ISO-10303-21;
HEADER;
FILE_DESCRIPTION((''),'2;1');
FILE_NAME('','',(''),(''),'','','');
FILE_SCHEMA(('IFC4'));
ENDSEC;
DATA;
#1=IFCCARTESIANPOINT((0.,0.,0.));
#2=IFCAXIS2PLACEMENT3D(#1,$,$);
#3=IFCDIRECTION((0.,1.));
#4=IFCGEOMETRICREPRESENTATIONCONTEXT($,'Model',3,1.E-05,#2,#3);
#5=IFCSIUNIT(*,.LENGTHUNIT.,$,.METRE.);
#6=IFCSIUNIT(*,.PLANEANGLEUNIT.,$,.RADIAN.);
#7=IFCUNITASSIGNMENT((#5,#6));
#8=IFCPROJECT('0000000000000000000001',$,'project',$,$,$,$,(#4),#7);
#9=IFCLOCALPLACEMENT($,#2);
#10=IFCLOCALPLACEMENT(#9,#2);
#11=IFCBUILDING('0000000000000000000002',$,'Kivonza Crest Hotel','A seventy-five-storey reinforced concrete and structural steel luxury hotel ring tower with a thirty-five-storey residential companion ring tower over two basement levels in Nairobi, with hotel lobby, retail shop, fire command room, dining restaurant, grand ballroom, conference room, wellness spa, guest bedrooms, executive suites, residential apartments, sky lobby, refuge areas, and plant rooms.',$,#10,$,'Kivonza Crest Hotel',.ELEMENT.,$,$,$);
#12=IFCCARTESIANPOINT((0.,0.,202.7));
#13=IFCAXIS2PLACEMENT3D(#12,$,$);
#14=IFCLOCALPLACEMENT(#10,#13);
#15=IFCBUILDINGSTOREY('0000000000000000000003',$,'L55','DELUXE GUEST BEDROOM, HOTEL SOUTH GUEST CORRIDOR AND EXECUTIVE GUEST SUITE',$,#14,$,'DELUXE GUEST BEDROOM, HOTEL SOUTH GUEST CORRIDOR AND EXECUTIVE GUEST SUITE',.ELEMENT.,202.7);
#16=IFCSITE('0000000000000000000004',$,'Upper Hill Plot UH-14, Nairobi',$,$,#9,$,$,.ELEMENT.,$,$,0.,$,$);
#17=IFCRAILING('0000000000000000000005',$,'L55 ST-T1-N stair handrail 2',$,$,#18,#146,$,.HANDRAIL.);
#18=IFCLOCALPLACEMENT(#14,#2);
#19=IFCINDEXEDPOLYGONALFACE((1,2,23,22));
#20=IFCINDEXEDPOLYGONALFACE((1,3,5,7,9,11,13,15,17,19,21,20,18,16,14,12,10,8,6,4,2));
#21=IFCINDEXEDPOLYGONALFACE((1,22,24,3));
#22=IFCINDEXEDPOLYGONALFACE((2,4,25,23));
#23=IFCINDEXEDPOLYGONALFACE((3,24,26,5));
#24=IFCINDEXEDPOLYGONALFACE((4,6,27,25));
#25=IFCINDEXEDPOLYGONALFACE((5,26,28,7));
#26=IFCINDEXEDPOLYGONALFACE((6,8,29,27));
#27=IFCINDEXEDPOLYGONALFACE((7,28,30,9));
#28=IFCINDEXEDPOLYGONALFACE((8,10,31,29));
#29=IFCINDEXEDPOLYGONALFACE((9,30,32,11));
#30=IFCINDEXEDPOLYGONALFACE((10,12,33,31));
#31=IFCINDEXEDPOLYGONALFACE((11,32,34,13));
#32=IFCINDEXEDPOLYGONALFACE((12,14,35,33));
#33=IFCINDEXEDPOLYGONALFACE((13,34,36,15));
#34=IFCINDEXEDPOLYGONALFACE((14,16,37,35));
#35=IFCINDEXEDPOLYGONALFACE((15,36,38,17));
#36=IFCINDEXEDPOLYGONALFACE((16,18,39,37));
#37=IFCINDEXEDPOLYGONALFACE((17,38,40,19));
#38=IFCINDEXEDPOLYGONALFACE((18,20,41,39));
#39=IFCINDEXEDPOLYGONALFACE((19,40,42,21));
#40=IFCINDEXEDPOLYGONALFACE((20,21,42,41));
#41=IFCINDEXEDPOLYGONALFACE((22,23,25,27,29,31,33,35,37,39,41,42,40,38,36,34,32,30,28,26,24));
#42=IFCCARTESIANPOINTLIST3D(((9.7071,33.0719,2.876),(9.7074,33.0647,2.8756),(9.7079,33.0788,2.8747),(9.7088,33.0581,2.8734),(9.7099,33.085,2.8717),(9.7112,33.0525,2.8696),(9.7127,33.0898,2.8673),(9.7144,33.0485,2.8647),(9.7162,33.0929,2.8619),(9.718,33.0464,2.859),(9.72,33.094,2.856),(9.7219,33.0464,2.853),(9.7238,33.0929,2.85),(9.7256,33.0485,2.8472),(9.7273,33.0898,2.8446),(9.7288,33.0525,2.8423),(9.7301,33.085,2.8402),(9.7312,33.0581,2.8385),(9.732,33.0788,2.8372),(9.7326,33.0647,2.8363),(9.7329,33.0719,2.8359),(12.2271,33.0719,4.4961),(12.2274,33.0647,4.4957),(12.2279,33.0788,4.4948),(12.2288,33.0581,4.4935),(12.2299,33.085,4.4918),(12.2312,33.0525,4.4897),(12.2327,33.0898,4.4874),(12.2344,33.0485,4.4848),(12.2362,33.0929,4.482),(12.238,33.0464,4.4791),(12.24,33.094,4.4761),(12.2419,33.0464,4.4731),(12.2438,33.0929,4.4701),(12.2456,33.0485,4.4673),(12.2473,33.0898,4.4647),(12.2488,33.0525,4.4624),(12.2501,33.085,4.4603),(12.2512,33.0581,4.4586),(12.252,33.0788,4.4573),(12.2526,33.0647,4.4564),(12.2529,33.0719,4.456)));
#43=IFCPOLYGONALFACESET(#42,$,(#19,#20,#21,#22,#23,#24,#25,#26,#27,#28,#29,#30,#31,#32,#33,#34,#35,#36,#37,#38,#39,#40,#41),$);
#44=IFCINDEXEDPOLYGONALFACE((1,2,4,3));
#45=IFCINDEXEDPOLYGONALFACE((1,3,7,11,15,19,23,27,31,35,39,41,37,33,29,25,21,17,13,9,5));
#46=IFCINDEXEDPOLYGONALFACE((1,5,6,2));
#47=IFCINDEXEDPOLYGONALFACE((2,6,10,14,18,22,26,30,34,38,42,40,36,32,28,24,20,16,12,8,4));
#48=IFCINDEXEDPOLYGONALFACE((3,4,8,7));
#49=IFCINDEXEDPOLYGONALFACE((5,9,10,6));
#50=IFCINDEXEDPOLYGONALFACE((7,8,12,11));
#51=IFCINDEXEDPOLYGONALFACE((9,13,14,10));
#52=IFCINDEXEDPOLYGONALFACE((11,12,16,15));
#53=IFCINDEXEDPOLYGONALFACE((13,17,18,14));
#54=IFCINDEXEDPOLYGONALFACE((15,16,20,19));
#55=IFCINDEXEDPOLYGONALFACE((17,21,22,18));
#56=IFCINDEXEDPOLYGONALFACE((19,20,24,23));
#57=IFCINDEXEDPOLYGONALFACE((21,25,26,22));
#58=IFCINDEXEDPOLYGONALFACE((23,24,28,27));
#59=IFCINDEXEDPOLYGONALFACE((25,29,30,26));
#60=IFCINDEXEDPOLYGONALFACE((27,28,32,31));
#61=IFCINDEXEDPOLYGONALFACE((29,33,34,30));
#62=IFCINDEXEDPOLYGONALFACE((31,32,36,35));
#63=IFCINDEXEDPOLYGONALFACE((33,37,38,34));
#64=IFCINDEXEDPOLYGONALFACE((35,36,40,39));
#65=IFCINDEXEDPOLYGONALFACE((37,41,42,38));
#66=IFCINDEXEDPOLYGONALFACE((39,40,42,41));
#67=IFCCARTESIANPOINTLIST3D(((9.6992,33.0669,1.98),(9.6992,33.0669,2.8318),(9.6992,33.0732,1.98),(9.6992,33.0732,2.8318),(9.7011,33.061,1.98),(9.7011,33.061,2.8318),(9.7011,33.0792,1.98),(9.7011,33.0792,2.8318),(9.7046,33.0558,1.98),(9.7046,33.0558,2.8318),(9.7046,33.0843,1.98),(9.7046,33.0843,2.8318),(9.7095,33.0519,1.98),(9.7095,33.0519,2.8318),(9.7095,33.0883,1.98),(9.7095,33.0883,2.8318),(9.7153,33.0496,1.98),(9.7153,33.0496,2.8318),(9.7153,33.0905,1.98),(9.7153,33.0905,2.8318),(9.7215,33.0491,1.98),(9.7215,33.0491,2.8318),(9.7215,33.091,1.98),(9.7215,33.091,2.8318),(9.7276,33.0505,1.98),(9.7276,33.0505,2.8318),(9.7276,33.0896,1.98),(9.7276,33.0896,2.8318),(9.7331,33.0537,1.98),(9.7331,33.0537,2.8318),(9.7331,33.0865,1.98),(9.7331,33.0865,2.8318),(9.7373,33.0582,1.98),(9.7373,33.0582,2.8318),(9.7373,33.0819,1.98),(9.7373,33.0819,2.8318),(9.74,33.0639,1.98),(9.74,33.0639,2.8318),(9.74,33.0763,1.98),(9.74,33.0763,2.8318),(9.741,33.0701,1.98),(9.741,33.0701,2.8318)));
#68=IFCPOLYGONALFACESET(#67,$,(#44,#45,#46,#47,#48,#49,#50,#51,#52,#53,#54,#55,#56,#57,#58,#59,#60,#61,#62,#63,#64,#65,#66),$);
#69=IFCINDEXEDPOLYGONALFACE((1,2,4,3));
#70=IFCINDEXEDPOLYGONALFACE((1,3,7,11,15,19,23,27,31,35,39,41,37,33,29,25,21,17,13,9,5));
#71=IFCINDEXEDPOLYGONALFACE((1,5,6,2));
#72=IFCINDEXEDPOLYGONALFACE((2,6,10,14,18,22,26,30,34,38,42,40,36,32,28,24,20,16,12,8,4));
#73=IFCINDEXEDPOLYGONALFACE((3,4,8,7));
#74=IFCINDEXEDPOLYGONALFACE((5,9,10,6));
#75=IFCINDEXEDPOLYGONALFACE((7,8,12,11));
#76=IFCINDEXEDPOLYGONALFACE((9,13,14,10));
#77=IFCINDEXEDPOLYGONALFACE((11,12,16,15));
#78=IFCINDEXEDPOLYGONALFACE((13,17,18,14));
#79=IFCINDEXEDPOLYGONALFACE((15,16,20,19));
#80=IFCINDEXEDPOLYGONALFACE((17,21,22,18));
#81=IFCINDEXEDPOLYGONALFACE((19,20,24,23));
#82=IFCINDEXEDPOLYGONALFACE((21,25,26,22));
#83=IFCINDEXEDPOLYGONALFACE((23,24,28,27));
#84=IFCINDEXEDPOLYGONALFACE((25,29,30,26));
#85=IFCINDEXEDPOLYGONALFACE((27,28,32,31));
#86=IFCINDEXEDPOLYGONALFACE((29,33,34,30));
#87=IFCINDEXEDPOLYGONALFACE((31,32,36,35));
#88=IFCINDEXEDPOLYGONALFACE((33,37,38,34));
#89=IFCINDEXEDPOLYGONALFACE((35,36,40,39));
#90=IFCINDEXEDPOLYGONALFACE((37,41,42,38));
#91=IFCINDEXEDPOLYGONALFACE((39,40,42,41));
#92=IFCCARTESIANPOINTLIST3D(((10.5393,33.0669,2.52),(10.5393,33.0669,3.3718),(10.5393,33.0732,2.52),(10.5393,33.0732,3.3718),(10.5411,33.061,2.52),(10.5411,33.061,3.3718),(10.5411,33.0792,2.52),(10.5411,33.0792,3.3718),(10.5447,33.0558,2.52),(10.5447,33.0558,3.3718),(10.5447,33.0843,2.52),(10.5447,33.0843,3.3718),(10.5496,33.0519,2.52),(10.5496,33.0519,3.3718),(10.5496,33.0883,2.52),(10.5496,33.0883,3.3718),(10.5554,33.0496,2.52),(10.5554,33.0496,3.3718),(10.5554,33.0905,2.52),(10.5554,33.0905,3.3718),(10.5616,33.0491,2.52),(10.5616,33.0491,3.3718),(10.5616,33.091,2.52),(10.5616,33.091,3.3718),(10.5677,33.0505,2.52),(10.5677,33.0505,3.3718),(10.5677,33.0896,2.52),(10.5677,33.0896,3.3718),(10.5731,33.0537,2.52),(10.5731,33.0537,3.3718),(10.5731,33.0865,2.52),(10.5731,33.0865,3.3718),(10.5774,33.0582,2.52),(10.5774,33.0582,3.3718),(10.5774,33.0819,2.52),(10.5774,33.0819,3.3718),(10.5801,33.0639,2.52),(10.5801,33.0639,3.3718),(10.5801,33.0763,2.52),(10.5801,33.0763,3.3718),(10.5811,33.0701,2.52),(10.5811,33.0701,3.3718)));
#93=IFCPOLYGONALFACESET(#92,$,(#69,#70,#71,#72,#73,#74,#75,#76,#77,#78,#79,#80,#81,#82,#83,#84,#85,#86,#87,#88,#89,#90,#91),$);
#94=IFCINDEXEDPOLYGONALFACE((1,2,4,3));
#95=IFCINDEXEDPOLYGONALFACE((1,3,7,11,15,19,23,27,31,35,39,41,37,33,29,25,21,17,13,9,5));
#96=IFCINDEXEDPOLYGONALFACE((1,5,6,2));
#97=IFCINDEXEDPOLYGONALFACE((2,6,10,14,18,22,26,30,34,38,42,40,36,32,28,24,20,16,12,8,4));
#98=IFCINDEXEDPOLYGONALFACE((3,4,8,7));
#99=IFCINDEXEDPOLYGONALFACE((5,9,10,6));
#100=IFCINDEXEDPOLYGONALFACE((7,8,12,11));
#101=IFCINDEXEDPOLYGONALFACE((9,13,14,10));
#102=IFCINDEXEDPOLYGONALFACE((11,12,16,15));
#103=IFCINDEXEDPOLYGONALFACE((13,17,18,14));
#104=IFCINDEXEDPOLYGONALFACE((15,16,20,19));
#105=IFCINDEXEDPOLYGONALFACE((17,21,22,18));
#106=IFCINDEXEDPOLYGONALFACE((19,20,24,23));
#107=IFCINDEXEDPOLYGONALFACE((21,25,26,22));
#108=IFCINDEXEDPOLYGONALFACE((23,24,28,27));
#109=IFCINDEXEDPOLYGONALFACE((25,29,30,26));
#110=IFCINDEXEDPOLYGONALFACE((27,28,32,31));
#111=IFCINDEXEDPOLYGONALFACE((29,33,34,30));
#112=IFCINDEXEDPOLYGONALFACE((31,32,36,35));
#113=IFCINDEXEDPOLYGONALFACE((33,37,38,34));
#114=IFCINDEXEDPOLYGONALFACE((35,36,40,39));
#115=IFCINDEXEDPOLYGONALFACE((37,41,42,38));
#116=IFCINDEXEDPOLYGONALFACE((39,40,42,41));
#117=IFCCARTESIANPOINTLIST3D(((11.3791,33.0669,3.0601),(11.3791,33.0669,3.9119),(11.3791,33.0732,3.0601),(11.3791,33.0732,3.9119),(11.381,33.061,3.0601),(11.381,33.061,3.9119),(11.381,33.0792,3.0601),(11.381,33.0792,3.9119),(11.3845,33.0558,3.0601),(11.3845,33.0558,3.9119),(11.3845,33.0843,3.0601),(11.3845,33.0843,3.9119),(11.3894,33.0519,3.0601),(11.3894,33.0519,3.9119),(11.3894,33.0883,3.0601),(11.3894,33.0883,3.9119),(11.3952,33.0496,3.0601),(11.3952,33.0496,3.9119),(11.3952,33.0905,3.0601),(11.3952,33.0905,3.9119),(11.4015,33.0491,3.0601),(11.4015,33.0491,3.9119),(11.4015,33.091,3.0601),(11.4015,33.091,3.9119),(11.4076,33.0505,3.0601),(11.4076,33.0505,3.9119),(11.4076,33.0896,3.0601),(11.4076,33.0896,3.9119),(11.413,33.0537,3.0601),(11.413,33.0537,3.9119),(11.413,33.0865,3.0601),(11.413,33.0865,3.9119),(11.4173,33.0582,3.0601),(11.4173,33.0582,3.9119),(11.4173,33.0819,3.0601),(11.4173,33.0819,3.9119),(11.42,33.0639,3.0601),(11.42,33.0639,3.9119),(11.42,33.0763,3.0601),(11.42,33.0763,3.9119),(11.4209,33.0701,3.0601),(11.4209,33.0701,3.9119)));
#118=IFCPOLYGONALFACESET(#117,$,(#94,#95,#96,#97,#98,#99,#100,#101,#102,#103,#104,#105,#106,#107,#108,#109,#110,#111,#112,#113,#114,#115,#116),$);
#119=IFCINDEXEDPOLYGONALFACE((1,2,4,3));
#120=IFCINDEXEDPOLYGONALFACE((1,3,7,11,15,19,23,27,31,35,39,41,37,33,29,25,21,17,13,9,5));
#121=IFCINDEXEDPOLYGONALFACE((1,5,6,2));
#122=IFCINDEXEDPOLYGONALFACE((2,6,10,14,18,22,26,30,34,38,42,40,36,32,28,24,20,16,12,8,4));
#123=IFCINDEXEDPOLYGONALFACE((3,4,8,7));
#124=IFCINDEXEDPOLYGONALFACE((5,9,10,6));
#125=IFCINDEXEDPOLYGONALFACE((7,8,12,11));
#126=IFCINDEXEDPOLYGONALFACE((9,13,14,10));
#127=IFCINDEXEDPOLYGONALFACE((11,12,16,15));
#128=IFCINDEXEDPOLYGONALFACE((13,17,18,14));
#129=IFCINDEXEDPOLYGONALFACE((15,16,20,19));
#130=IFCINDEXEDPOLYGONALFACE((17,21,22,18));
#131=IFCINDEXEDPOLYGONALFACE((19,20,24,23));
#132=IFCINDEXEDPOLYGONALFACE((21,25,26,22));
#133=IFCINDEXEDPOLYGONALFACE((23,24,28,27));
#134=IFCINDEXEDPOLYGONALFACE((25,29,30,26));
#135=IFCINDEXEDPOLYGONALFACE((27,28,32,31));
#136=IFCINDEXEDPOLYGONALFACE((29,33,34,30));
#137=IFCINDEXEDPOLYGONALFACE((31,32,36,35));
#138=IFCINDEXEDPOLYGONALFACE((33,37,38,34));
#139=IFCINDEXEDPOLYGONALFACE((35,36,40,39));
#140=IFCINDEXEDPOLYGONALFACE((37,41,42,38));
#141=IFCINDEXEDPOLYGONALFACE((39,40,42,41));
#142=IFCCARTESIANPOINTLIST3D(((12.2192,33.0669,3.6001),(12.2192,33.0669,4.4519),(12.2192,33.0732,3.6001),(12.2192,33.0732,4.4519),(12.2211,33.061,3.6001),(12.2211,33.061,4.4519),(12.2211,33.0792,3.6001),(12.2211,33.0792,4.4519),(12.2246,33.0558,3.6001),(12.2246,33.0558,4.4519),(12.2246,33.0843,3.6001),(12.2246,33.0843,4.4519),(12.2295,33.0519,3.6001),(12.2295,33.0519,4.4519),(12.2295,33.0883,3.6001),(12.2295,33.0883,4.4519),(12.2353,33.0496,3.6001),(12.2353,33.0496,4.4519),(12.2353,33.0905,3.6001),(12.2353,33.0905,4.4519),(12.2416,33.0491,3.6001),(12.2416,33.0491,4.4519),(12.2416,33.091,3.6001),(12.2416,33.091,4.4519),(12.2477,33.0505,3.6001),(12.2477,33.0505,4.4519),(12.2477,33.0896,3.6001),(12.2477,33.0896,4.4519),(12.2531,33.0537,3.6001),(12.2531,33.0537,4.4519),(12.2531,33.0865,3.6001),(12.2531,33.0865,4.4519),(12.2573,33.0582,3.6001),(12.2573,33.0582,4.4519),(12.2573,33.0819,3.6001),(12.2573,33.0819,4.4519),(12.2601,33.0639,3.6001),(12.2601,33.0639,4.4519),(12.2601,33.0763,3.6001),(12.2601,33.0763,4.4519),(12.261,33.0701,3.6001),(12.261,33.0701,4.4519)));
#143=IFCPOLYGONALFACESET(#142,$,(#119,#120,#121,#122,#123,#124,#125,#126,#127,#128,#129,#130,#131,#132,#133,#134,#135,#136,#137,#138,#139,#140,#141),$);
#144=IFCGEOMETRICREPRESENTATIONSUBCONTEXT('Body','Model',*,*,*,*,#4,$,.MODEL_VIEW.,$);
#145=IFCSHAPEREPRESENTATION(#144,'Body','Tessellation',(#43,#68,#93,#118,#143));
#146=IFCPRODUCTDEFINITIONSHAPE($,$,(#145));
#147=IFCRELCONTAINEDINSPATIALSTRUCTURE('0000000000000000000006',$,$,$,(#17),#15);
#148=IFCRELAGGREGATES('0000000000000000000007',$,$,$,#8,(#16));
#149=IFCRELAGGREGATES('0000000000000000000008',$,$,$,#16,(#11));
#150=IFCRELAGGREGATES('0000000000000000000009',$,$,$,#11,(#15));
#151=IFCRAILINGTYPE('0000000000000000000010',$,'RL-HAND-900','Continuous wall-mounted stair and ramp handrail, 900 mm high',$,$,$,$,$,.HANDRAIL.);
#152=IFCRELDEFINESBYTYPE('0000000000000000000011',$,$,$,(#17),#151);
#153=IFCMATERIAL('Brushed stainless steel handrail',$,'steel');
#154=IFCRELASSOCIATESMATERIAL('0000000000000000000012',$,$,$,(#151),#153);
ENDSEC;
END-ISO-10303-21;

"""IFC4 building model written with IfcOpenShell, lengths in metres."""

from ifc_helpers import new_model, si_unit, direction, frame, origin, origin_2d, place, context, subcontext, project, spatial, circle, extrude, material, type_object, element, save


model = new_model("IFC4")

# Units and contexts
model_context = context("Model", 3, precision=1e-05, world=origin(), true_north=direction((0.0, 1.0)))
body_context = subcontext(model_context, "Body", "Model", "MODEL_VIEW")
ifc_project = project(units=[si_unit("LENGTHUNIT", "METRE"), si_unit("PLANEANGLEUNIT", "RADIAN")], contexts=[model_context])

# Site, building, storey
site_placement = place(None, origin())
site = spatial("IfcSite", under=ifc_project, at=site_placement, Name="Upper Hill Plot UH-14, Nairobi", CompositionType="ELEMENT", RefElevation=0.0)
building_placement = place(site_placement, origin())
building = spatial("IfcBuilding", under=site, at=building_placement, Name="Kivonza Crest Hotel", Description="A seventy-five-storey reinforced concrete and structural steel luxury hotel ring tower with a thirty-five-storey residential companion ring tower over two basement levels in Nairobi, with hotel lobby, retail shop, fire command room, dining restaurant, grand ballroom, conference room, wellness spa, guest bedrooms, executive suites, residential apartments, sky lobby, refuge areas, and plant rooms.", LongName="Kivonza Crest Hotel", CompositionType="ELEMENT")
storey_placement = place(building_placement, frame((0.0, 0.0, 202.7)))
storey = spatial("IfcBuildingStorey", under=building, at=storey_placement, Name="L55", Description="DELUXE GUEST BEDROOM, HOTEL SOUTH GUEST CORRIDOR AND EXECUTIVE GUEST SUITE", LongName="DELUXE GUEST BEDROOM, HOTEL SOUTH GUEST CORRIDOR AND EXECUTIVE GUEST SUITE", CompositionType="ELEMENT", Elevation=202.7)

# Railing
ifc_material_1 = material(Name="Brushed stainless steel handrail", Category="steel")
railing_type_1 = type_object("IfcRailingType", Name="RL-HAND-900", Description="Continuous wall-mounted stair and ramp handrail, 900 mm high", PredefinedType="HANDRAIL", material=ifc_material_1)
railing_1_placement = place(storey_placement, frame((9.72, 33.0701, 1.98)))
element("IfcRailing", 1, at=railing_1_placement, inside=storey, type_object=railing_type_1, Name="L55 ST-T1-N stair handrail 2", PredefinedType="HANDRAIL", context=body_context, shape_type="SweptSolid", body=[
    extrude(circle(Radius=0.0239, at=origin_2d()), frame((0.0, 0.0, 0.876), z_axis=(0.841163, 0.0, 0.540782), x_axis=(0.0, 1.0, 0.0)), (0.0, 0.0, 1.0), 2.9958),
    extrude(circle(Radius=0.021, at=origin_2d()), origin(), (0.0, 0.0, 1.0), 0.8518),
    extrude(circle(Radius=0.021, at=origin_2d()), frame((0.8401, 0.0, 0.54)), (0.0, 0.0, 1.0), 0.8518),
    extrude(circle(Radius=0.021, at=origin_2d()), frame((1.6799, 0.0, 1.0801)), (0.0, 0.0, 1.0), 0.8518),
    extrude(circle(Radius=0.021, at=origin_2d()), frame((2.52, 0.0, 1.6201)), (0.0, 0.0, 1.0), 0.8518),
])

save(model, "model.ifc")
